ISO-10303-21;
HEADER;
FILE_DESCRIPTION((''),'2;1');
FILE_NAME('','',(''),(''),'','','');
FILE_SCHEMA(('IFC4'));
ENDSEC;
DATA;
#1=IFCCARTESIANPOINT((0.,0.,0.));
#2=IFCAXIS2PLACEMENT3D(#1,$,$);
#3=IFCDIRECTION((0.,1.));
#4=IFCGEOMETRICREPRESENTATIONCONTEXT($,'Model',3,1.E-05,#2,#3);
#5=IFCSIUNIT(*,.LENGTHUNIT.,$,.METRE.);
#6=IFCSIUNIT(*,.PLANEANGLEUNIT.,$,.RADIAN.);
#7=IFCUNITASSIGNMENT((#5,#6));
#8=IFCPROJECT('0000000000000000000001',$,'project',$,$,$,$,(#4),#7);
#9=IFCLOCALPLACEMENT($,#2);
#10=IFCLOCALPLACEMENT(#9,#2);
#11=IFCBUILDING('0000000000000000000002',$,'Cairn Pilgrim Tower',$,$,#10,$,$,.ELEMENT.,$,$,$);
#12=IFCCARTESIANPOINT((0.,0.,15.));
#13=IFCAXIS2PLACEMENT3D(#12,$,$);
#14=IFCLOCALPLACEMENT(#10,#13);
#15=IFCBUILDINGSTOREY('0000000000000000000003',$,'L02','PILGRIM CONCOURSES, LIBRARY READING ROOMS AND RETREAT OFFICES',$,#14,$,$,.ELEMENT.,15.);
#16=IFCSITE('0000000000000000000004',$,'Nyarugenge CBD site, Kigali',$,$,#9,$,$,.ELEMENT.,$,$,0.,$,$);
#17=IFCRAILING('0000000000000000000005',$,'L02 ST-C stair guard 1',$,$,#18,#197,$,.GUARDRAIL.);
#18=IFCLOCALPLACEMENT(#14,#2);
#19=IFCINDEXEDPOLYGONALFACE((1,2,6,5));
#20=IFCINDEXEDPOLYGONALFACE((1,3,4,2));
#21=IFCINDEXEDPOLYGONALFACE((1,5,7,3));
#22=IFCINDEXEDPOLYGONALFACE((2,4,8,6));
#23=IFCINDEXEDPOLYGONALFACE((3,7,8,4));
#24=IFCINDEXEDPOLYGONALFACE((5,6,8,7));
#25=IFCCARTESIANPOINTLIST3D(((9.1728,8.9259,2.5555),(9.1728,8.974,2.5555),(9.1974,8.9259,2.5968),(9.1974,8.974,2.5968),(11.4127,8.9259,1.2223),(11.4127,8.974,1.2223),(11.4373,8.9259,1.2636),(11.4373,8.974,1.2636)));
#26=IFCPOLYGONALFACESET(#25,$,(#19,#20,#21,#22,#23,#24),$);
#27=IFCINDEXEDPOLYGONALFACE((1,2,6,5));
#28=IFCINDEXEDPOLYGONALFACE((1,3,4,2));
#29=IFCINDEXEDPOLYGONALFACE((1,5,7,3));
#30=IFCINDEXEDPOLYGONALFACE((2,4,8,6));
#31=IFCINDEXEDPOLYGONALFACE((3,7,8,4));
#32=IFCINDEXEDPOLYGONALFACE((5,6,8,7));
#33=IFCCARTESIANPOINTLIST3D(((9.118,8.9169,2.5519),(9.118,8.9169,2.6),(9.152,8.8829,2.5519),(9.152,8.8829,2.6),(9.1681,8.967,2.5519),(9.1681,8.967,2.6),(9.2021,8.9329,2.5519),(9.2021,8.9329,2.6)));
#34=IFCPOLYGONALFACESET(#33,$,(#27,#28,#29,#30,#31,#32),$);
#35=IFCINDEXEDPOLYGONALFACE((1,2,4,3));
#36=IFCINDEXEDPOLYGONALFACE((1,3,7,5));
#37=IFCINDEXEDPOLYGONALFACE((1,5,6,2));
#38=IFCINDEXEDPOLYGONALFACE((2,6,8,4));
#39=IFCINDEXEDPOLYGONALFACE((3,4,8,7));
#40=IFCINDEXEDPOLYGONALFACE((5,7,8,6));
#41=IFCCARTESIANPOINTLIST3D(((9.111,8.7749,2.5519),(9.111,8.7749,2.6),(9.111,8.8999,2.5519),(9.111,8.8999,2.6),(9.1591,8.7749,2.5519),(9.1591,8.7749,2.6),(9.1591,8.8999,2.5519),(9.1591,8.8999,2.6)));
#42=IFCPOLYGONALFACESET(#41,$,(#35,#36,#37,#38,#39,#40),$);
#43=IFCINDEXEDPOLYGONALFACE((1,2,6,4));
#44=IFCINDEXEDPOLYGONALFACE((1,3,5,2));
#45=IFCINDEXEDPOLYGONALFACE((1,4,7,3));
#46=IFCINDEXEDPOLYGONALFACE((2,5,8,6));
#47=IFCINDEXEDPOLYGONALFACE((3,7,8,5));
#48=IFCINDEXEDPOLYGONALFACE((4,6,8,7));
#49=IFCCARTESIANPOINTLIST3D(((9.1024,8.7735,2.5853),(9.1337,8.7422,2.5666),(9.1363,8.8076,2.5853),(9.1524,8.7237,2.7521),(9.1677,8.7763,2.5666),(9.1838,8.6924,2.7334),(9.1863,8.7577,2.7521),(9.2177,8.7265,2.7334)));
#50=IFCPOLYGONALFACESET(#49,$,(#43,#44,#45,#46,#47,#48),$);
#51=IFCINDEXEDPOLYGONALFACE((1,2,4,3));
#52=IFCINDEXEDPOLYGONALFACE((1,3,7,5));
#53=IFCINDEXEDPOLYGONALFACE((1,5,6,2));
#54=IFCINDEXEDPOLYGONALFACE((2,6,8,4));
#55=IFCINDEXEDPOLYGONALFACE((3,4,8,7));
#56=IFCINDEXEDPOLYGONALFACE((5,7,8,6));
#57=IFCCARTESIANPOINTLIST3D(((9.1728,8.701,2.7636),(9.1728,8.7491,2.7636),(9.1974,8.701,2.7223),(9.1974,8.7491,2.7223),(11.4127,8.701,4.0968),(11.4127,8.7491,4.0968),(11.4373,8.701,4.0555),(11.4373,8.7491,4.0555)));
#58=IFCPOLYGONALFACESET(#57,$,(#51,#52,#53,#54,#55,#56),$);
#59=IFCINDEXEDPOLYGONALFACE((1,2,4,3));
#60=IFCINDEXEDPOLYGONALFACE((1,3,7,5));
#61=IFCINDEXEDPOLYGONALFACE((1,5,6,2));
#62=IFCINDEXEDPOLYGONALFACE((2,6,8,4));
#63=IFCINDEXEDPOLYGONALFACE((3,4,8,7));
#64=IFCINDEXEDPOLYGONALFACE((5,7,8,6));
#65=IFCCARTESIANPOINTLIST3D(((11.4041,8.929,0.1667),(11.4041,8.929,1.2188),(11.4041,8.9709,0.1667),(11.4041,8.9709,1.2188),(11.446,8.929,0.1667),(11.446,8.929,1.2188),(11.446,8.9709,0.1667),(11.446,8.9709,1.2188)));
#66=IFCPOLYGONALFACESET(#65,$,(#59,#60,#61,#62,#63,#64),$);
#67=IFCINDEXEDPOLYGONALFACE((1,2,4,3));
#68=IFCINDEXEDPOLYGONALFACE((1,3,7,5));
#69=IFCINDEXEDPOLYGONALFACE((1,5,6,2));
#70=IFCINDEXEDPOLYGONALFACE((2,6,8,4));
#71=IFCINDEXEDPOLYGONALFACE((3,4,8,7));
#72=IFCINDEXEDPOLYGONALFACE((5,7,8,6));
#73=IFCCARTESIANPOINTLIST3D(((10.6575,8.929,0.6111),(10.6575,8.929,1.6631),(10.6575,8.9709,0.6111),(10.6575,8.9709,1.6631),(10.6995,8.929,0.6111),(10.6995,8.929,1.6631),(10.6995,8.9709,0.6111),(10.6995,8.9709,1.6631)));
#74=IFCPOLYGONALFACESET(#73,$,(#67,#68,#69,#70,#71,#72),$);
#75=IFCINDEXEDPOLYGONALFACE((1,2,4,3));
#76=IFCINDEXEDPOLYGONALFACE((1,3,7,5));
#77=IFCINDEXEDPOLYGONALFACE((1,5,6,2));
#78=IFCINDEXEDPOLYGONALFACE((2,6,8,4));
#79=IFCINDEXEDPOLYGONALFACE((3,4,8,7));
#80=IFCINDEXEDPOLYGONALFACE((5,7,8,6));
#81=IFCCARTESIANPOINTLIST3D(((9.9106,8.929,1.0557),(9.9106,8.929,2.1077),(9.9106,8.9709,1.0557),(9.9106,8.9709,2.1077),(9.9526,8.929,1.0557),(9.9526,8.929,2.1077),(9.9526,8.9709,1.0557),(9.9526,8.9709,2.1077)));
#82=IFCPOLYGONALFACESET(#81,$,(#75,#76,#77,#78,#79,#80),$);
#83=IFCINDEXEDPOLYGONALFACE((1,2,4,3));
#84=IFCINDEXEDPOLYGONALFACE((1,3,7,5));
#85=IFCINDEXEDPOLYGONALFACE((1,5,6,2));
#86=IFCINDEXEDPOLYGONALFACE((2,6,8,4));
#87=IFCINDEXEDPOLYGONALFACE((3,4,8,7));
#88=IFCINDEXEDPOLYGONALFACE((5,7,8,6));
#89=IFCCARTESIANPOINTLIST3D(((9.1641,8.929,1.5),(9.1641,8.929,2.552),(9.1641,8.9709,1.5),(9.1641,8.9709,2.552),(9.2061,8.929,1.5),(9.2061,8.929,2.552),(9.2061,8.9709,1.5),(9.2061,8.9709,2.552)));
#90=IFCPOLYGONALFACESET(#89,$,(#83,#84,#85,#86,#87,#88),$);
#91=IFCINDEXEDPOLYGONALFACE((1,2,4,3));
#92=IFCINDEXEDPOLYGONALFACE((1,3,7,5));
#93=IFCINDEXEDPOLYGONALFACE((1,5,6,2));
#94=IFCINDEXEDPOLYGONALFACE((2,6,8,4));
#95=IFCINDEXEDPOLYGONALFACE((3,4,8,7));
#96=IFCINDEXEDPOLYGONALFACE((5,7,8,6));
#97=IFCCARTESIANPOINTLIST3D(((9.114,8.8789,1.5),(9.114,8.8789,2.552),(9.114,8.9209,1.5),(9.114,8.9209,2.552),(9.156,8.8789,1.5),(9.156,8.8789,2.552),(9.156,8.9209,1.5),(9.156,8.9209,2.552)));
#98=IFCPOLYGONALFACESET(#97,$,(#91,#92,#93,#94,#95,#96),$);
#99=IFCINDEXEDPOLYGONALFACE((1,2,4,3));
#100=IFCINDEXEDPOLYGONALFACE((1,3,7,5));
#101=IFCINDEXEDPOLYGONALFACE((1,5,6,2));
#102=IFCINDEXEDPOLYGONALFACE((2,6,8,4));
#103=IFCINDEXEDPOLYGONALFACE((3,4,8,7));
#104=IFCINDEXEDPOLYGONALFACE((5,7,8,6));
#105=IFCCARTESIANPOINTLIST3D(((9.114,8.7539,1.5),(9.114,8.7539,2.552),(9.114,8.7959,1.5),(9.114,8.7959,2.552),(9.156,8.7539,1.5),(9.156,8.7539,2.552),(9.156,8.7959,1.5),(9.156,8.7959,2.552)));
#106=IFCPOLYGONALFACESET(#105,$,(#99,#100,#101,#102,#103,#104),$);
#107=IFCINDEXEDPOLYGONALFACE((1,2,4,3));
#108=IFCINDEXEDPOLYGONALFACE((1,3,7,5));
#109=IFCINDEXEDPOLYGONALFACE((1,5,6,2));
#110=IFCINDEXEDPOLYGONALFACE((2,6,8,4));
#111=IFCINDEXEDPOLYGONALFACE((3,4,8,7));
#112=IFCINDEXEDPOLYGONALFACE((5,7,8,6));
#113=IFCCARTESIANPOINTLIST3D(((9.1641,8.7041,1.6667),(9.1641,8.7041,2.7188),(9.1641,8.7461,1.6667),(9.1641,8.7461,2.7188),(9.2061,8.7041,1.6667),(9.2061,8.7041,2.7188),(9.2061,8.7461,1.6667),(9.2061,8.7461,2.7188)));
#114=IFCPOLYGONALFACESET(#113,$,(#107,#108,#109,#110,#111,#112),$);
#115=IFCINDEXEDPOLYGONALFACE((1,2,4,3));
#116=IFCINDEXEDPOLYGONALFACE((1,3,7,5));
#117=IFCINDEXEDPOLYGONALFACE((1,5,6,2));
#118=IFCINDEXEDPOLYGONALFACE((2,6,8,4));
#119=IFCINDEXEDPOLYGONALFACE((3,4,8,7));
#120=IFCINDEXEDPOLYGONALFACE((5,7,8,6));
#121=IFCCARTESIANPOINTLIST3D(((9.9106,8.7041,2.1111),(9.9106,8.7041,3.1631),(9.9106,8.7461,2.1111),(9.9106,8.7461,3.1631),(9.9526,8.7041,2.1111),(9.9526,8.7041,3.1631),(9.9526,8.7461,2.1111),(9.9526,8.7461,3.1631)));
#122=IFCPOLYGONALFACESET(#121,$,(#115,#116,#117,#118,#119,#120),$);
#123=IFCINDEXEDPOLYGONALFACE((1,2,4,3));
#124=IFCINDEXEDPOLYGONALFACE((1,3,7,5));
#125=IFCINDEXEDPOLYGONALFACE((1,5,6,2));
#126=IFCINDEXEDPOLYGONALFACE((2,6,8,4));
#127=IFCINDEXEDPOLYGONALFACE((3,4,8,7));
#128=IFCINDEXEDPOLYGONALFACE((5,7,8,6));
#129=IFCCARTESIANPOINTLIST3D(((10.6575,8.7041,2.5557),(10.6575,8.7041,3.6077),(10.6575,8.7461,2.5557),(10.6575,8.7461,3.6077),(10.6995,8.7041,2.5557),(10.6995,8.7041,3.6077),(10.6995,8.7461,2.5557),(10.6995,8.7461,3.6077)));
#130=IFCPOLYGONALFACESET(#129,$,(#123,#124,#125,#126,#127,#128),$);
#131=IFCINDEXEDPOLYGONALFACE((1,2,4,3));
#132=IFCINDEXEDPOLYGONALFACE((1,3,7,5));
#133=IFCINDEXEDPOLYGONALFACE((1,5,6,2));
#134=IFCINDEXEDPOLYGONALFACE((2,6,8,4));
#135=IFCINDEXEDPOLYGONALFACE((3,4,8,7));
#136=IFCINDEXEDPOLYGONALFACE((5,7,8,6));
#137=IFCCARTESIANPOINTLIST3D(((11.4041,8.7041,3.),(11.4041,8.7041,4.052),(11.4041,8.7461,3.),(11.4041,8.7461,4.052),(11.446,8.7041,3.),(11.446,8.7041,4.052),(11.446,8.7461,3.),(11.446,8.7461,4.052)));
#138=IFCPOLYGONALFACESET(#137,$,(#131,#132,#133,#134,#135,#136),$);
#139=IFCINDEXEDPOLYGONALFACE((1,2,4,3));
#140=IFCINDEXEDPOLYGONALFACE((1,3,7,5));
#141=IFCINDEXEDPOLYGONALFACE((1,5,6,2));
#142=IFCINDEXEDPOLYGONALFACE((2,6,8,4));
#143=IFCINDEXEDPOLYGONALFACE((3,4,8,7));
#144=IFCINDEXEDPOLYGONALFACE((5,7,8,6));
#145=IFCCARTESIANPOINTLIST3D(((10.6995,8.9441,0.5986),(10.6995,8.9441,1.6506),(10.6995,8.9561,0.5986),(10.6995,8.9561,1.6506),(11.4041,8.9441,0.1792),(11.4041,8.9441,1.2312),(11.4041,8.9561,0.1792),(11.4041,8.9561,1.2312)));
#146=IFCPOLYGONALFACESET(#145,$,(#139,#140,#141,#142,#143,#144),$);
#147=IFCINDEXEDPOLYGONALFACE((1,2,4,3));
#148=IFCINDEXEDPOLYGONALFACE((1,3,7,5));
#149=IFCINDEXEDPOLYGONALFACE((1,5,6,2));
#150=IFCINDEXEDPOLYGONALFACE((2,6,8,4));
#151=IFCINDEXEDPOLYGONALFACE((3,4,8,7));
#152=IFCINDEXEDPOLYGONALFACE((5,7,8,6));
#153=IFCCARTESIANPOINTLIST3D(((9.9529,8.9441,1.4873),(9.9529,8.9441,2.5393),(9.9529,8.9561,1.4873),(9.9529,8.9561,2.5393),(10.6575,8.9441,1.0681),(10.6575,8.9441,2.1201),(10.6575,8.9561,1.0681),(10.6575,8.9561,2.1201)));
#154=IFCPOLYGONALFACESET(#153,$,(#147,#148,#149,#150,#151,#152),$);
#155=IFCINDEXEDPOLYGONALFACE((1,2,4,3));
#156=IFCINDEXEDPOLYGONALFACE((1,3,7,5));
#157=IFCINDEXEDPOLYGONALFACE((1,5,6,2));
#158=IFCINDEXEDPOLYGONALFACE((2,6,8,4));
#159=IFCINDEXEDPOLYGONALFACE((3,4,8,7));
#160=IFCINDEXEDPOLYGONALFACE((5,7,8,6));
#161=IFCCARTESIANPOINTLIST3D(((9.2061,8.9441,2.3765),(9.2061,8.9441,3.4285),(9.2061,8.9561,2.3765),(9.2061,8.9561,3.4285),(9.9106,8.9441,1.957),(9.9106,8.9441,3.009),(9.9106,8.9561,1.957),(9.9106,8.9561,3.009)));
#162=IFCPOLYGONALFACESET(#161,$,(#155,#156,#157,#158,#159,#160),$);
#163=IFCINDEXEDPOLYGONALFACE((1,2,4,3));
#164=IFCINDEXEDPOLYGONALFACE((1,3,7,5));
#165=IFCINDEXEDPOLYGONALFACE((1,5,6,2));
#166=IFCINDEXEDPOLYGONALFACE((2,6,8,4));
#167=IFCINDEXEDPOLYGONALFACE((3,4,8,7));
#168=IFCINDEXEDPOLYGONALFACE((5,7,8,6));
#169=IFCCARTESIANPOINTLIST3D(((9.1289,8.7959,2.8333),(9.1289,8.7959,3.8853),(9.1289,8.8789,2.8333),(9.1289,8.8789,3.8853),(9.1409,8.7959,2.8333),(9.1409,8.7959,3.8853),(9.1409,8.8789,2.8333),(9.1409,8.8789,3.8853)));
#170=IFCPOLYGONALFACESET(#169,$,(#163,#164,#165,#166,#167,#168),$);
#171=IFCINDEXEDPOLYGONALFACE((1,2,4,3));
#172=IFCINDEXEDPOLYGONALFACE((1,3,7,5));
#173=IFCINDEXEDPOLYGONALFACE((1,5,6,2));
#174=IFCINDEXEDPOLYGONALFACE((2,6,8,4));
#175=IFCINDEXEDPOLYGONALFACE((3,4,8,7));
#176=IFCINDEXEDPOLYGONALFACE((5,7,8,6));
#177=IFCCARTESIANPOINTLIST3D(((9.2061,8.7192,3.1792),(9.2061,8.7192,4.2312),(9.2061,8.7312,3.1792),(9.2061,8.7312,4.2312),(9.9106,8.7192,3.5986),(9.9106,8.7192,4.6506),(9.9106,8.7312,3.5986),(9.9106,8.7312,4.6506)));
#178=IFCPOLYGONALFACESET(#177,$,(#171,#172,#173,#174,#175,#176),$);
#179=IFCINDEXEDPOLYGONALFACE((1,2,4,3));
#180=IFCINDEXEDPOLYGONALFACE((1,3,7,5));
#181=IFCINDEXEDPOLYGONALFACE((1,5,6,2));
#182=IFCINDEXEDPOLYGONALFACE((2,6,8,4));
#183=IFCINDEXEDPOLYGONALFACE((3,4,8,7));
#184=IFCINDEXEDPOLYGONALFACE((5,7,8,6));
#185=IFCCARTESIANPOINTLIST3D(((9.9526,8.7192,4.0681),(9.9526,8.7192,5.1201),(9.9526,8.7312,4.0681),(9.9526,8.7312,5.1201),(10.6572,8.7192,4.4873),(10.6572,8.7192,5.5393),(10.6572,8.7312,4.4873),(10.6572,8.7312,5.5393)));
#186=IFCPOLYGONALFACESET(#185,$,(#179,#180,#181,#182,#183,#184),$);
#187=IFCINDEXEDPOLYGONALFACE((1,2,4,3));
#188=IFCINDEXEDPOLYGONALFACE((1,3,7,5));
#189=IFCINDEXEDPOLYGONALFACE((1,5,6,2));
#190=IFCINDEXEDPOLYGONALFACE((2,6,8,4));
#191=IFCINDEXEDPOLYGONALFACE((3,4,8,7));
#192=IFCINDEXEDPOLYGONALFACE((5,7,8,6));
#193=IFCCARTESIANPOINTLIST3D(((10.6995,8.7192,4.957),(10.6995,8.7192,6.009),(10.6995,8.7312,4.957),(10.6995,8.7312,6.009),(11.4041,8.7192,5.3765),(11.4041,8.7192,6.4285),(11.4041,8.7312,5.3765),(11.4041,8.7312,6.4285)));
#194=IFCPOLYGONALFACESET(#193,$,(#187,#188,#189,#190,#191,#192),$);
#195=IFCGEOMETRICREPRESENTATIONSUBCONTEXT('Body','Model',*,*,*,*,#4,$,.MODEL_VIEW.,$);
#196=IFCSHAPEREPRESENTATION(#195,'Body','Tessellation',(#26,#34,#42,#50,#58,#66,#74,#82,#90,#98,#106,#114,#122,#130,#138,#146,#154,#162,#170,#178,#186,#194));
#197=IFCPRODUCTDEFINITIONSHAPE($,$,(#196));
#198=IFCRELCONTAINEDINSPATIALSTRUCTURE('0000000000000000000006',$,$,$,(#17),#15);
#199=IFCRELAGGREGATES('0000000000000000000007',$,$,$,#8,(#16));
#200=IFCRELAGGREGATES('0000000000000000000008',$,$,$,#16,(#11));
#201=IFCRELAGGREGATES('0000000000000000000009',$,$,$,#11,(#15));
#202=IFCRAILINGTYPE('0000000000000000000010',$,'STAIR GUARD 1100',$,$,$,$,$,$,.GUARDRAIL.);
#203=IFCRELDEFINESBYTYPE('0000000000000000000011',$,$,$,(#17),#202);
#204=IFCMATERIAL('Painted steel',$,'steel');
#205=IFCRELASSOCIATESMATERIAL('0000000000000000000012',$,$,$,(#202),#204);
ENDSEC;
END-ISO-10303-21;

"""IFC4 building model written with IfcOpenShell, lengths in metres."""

from ifc_helpers import new_model, si_unit, direction, frame, origin, origin_2d, place, context, subcontext, project, spatial, polyline, rectangle, outline, extrude, material, type_object, element, save


model = new_model("IFC4")

# Units and contexts
model_context = context("Model", 3, precision=1e-05, world=origin(), true_north=direction((0.0, 1.0)))
body_context = subcontext(model_context, "Body", "Model", "MODEL_VIEW")
ifc_project = project(units=[si_unit("LENGTHUNIT", "METRE"), si_unit("PLANEANGLEUNIT", "RADIAN")], contexts=[model_context])

# Site, building, storey
site_placement = place(None, origin())
site = spatial("IfcSite", under=ifc_project, at=site_placement, Name="Nyarugenge CBD site, Kigali", CompositionType="ELEMENT", RefElevation=0.0)
building_placement = place(site_placement, origin())
building = spatial("IfcBuilding", under=site, at=building_placement, Name="Cairn Pilgrim Tower", CompositionType="ELEMENT")
storey_placement = place(building_placement, frame((0.0, 0.0, 15.0)))
storey = spatial("IfcBuildingStorey", under=building, at=storey_placement, Name="L02", Description="PILGRIM CONCOURSES, LIBRARY READING ROOMS AND RETREAT OFFICES", CompositionType="ELEMENT", Elevation=15.0)

# Shared definitions
ifc_material_1 = material(Name="Painted steel", Category="steel")

# Railing
railing_type_1 = type_object("IfcRailingType", Name="STAIR GUARD 1100", PredefinedType="GUARDRAIL", material=ifc_material_1)
railing_1_placement = place(storey_placement, frame((11.425, 8.95, 0.1667)))
element("IfcRailing", 1, at=railing_1_placement, inside=storey, type_object=railing_type_1, Name="L02 ST-C stair guard 1", PredefinedType="GUARDRAIL", context=body_context, shape_type="SweptSolid", body=[
    extrude(rectangle(XDim=0.0481, YDim=0.0481, at=origin_2d()), frame((0.0, 0.0, 1.0762), z_axis=(-0.859306, 0.0, 0.511462), x_axis=(0.0, -1.0, 0.0)), (0.0, 0.0, 1.0), 2.6067),
    extrude(rectangle(XDim=0.0481, YDim=0.0481, at=origin_2d()), frame((-2.24, 0.0, 2.4092), z_axis=(-0.707107, -0.707107, 0.0), x_axis=(0.707107, -0.707107, 0.0)), (0.0, 0.0, 1.0), 0.0708),
    extrude(rectangle(XDim=0.0481, YDim=0.0481, at=origin_2d()), frame((-2.29, -0.05, 2.4092), z_axis=(0.0, -1.0, 0.0), x_axis=(1.0, 0.0, 0.0)), (0.0, 0.0, 1.0), 0.125),
    extrude(rectangle(XDim=0.0481, YDim=0.0481, at=origin_2d()), frame((-2.29, -0.175, 2.4092), z_axis=(0.276389, -0.275041, 0.920848), x_axis=(0.705376, 0.708834, 0.0)), (0.0, 0.0, 1.0), 0.1812),
    extrude(rectangle(XDim=0.0481, YDim=0.0481, at=origin_2d()), frame((-2.24, -0.2249, 2.5762), z_axis=(0.859306, 0.0, 0.511462), x_axis=(0.0, 1.0, 0.0)), (0.0, 0.0, 1.0), 2.6067),
    extrude(rectangle(XDim=0.042, YDim=0.042, at=origin_2d()), origin(), (0.0, 0.0, 1.0), 1.052),
    extrude(rectangle(XDim=0.042, YDim=0.042, at=origin_2d()), frame((-0.7466, 0.0, 0.4443)), (0.0, 0.0, 1.0), 1.052),
    extrude(rectangle(XDim=0.042, YDim=0.042, at=origin_2d()), frame((-1.4934, 0.0, 0.8889)), (0.0, 0.0, 1.0), 1.052),
    extrude(rectangle(XDim=0.042, YDim=0.042, at=origin_2d()), frame((-2.24, 0.0, 1.3333)), (0.0, 0.0, 1.0), 1.052),
    extrude(rectangle(XDim=0.042, YDim=0.042, at=origin_2d()), frame((-2.29, -0.05, 1.3333)), (0.0, 0.0, 1.0), 1.052),
    extrude(rectangle(XDim=0.042, YDim=0.042, at=origin_2d()), frame((-2.29, -0.175, 1.3333)), (0.0, 0.0, 1.0), 1.052),
    extrude(rectangle(XDim=0.042, YDim=0.042, at=origin_2d()), frame((-2.24, -0.2249, 1.5)), (0.0, 0.0, 1.0), 1.052),
    extrude(rectangle(XDim=0.042, YDim=0.042, at=origin_2d()), frame((-1.4934, -0.2249, 1.9443)), (0.0, 0.0, 1.0), 1.052),
    extrude(rectangle(XDim=0.042, YDim=0.042, at=origin_2d()), frame((-0.7466, -0.2249, 2.3889)), (0.0, 0.0, 1.0), 1.052),
    extrude(rectangle(XDim=0.042, YDim=0.042, at=origin_2d()), frame((0.0, -0.2249, 2.8333)), (0.0, 0.0, 1.0), 1.052),
    extrude(outline(polyline([(0.021, 0.0125), (0.7256, 0.4319), (0.7256, 1.4839), (0.021, 1.0645), (0.021, 0.0125)])), frame((0.0, -0.0059, 0.0), z_axis=(0.0, 1.0, 0.0), x_axis=(-1.0, 0.0, 0.0)), (0.0, 0.0, 1.0), 0.012),
    extrude(outline(polyline([(0.021, 0.457), (0.7256, 0.8762), (0.7256, 1.9282), (0.021, 1.509), (0.021, 0.457)])), frame((-0.7466, -0.0059, 0.4443), z_axis=(0.0, 1.0, 0.0), x_axis=(-1.0, 0.0, 0.0)), (0.0, 0.0, 1.0), 0.012),
    extrude(outline(polyline([(0.021, 0.9014), (0.7256, 1.3208), (0.7256, 2.3728), (0.021, 1.9534), (0.021, 0.9014)])), frame((-1.4934, -0.0059, 0.8889), z_axis=(0.0, 1.0, 0.0), x_axis=(-1.0, 0.0, 0.0)), (0.0, 0.0, 1.0), 0.012),
    extrude(outline(polyline([(0.021, 1.3333), (0.104, 1.3333), (0.104, 2.3853), (0.021, 2.3853), (0.021, 1.3333)])), frame((-2.2842, -0.05, 1.3333), z_axis=(-1.0, 0.0, 0.0), x_axis=(0.0, -1.0, 0.0)), (0.0, 0.0, 1.0), 0.012),
    extrude(outline(polyline([(0.021, 1.5125), (0.7256, 1.9319), (0.7256, 2.9839), (0.021, 2.5645), (0.021, 1.5125)])), frame((-2.24, -0.2188, 1.5), z_axis=(0.0, -1.0, 0.0), x_axis=(1.0, 0.0, 0.0)), (0.0, 0.0, 1.0), 0.012),
    extrude(outline(polyline([(0.021, 1.957), (0.7256, 2.3762), (0.7256, 3.4282), (0.021, 3.009), (0.021, 1.957)])), frame((-1.4934, -0.2188, 1.9443), z_axis=(0.0, -1.0, 0.0), x_axis=(1.0, 0.0, 0.0)), (0.0, 0.0, 1.0), 0.012),
    extrude(outline(polyline([(0.021, 2.4014), (0.7256, 2.8208), (0.7256, 3.8728), (0.021, 3.4534), (0.021, 2.4014)])), frame((-0.7466, -0.2188, 2.3889), z_axis=(0.0, -1.0, 0.0), x_axis=(1.0, 0.0, 0.0)), (0.0, 0.0, 1.0), 0.012),
])

save(model, "model.ifc")
